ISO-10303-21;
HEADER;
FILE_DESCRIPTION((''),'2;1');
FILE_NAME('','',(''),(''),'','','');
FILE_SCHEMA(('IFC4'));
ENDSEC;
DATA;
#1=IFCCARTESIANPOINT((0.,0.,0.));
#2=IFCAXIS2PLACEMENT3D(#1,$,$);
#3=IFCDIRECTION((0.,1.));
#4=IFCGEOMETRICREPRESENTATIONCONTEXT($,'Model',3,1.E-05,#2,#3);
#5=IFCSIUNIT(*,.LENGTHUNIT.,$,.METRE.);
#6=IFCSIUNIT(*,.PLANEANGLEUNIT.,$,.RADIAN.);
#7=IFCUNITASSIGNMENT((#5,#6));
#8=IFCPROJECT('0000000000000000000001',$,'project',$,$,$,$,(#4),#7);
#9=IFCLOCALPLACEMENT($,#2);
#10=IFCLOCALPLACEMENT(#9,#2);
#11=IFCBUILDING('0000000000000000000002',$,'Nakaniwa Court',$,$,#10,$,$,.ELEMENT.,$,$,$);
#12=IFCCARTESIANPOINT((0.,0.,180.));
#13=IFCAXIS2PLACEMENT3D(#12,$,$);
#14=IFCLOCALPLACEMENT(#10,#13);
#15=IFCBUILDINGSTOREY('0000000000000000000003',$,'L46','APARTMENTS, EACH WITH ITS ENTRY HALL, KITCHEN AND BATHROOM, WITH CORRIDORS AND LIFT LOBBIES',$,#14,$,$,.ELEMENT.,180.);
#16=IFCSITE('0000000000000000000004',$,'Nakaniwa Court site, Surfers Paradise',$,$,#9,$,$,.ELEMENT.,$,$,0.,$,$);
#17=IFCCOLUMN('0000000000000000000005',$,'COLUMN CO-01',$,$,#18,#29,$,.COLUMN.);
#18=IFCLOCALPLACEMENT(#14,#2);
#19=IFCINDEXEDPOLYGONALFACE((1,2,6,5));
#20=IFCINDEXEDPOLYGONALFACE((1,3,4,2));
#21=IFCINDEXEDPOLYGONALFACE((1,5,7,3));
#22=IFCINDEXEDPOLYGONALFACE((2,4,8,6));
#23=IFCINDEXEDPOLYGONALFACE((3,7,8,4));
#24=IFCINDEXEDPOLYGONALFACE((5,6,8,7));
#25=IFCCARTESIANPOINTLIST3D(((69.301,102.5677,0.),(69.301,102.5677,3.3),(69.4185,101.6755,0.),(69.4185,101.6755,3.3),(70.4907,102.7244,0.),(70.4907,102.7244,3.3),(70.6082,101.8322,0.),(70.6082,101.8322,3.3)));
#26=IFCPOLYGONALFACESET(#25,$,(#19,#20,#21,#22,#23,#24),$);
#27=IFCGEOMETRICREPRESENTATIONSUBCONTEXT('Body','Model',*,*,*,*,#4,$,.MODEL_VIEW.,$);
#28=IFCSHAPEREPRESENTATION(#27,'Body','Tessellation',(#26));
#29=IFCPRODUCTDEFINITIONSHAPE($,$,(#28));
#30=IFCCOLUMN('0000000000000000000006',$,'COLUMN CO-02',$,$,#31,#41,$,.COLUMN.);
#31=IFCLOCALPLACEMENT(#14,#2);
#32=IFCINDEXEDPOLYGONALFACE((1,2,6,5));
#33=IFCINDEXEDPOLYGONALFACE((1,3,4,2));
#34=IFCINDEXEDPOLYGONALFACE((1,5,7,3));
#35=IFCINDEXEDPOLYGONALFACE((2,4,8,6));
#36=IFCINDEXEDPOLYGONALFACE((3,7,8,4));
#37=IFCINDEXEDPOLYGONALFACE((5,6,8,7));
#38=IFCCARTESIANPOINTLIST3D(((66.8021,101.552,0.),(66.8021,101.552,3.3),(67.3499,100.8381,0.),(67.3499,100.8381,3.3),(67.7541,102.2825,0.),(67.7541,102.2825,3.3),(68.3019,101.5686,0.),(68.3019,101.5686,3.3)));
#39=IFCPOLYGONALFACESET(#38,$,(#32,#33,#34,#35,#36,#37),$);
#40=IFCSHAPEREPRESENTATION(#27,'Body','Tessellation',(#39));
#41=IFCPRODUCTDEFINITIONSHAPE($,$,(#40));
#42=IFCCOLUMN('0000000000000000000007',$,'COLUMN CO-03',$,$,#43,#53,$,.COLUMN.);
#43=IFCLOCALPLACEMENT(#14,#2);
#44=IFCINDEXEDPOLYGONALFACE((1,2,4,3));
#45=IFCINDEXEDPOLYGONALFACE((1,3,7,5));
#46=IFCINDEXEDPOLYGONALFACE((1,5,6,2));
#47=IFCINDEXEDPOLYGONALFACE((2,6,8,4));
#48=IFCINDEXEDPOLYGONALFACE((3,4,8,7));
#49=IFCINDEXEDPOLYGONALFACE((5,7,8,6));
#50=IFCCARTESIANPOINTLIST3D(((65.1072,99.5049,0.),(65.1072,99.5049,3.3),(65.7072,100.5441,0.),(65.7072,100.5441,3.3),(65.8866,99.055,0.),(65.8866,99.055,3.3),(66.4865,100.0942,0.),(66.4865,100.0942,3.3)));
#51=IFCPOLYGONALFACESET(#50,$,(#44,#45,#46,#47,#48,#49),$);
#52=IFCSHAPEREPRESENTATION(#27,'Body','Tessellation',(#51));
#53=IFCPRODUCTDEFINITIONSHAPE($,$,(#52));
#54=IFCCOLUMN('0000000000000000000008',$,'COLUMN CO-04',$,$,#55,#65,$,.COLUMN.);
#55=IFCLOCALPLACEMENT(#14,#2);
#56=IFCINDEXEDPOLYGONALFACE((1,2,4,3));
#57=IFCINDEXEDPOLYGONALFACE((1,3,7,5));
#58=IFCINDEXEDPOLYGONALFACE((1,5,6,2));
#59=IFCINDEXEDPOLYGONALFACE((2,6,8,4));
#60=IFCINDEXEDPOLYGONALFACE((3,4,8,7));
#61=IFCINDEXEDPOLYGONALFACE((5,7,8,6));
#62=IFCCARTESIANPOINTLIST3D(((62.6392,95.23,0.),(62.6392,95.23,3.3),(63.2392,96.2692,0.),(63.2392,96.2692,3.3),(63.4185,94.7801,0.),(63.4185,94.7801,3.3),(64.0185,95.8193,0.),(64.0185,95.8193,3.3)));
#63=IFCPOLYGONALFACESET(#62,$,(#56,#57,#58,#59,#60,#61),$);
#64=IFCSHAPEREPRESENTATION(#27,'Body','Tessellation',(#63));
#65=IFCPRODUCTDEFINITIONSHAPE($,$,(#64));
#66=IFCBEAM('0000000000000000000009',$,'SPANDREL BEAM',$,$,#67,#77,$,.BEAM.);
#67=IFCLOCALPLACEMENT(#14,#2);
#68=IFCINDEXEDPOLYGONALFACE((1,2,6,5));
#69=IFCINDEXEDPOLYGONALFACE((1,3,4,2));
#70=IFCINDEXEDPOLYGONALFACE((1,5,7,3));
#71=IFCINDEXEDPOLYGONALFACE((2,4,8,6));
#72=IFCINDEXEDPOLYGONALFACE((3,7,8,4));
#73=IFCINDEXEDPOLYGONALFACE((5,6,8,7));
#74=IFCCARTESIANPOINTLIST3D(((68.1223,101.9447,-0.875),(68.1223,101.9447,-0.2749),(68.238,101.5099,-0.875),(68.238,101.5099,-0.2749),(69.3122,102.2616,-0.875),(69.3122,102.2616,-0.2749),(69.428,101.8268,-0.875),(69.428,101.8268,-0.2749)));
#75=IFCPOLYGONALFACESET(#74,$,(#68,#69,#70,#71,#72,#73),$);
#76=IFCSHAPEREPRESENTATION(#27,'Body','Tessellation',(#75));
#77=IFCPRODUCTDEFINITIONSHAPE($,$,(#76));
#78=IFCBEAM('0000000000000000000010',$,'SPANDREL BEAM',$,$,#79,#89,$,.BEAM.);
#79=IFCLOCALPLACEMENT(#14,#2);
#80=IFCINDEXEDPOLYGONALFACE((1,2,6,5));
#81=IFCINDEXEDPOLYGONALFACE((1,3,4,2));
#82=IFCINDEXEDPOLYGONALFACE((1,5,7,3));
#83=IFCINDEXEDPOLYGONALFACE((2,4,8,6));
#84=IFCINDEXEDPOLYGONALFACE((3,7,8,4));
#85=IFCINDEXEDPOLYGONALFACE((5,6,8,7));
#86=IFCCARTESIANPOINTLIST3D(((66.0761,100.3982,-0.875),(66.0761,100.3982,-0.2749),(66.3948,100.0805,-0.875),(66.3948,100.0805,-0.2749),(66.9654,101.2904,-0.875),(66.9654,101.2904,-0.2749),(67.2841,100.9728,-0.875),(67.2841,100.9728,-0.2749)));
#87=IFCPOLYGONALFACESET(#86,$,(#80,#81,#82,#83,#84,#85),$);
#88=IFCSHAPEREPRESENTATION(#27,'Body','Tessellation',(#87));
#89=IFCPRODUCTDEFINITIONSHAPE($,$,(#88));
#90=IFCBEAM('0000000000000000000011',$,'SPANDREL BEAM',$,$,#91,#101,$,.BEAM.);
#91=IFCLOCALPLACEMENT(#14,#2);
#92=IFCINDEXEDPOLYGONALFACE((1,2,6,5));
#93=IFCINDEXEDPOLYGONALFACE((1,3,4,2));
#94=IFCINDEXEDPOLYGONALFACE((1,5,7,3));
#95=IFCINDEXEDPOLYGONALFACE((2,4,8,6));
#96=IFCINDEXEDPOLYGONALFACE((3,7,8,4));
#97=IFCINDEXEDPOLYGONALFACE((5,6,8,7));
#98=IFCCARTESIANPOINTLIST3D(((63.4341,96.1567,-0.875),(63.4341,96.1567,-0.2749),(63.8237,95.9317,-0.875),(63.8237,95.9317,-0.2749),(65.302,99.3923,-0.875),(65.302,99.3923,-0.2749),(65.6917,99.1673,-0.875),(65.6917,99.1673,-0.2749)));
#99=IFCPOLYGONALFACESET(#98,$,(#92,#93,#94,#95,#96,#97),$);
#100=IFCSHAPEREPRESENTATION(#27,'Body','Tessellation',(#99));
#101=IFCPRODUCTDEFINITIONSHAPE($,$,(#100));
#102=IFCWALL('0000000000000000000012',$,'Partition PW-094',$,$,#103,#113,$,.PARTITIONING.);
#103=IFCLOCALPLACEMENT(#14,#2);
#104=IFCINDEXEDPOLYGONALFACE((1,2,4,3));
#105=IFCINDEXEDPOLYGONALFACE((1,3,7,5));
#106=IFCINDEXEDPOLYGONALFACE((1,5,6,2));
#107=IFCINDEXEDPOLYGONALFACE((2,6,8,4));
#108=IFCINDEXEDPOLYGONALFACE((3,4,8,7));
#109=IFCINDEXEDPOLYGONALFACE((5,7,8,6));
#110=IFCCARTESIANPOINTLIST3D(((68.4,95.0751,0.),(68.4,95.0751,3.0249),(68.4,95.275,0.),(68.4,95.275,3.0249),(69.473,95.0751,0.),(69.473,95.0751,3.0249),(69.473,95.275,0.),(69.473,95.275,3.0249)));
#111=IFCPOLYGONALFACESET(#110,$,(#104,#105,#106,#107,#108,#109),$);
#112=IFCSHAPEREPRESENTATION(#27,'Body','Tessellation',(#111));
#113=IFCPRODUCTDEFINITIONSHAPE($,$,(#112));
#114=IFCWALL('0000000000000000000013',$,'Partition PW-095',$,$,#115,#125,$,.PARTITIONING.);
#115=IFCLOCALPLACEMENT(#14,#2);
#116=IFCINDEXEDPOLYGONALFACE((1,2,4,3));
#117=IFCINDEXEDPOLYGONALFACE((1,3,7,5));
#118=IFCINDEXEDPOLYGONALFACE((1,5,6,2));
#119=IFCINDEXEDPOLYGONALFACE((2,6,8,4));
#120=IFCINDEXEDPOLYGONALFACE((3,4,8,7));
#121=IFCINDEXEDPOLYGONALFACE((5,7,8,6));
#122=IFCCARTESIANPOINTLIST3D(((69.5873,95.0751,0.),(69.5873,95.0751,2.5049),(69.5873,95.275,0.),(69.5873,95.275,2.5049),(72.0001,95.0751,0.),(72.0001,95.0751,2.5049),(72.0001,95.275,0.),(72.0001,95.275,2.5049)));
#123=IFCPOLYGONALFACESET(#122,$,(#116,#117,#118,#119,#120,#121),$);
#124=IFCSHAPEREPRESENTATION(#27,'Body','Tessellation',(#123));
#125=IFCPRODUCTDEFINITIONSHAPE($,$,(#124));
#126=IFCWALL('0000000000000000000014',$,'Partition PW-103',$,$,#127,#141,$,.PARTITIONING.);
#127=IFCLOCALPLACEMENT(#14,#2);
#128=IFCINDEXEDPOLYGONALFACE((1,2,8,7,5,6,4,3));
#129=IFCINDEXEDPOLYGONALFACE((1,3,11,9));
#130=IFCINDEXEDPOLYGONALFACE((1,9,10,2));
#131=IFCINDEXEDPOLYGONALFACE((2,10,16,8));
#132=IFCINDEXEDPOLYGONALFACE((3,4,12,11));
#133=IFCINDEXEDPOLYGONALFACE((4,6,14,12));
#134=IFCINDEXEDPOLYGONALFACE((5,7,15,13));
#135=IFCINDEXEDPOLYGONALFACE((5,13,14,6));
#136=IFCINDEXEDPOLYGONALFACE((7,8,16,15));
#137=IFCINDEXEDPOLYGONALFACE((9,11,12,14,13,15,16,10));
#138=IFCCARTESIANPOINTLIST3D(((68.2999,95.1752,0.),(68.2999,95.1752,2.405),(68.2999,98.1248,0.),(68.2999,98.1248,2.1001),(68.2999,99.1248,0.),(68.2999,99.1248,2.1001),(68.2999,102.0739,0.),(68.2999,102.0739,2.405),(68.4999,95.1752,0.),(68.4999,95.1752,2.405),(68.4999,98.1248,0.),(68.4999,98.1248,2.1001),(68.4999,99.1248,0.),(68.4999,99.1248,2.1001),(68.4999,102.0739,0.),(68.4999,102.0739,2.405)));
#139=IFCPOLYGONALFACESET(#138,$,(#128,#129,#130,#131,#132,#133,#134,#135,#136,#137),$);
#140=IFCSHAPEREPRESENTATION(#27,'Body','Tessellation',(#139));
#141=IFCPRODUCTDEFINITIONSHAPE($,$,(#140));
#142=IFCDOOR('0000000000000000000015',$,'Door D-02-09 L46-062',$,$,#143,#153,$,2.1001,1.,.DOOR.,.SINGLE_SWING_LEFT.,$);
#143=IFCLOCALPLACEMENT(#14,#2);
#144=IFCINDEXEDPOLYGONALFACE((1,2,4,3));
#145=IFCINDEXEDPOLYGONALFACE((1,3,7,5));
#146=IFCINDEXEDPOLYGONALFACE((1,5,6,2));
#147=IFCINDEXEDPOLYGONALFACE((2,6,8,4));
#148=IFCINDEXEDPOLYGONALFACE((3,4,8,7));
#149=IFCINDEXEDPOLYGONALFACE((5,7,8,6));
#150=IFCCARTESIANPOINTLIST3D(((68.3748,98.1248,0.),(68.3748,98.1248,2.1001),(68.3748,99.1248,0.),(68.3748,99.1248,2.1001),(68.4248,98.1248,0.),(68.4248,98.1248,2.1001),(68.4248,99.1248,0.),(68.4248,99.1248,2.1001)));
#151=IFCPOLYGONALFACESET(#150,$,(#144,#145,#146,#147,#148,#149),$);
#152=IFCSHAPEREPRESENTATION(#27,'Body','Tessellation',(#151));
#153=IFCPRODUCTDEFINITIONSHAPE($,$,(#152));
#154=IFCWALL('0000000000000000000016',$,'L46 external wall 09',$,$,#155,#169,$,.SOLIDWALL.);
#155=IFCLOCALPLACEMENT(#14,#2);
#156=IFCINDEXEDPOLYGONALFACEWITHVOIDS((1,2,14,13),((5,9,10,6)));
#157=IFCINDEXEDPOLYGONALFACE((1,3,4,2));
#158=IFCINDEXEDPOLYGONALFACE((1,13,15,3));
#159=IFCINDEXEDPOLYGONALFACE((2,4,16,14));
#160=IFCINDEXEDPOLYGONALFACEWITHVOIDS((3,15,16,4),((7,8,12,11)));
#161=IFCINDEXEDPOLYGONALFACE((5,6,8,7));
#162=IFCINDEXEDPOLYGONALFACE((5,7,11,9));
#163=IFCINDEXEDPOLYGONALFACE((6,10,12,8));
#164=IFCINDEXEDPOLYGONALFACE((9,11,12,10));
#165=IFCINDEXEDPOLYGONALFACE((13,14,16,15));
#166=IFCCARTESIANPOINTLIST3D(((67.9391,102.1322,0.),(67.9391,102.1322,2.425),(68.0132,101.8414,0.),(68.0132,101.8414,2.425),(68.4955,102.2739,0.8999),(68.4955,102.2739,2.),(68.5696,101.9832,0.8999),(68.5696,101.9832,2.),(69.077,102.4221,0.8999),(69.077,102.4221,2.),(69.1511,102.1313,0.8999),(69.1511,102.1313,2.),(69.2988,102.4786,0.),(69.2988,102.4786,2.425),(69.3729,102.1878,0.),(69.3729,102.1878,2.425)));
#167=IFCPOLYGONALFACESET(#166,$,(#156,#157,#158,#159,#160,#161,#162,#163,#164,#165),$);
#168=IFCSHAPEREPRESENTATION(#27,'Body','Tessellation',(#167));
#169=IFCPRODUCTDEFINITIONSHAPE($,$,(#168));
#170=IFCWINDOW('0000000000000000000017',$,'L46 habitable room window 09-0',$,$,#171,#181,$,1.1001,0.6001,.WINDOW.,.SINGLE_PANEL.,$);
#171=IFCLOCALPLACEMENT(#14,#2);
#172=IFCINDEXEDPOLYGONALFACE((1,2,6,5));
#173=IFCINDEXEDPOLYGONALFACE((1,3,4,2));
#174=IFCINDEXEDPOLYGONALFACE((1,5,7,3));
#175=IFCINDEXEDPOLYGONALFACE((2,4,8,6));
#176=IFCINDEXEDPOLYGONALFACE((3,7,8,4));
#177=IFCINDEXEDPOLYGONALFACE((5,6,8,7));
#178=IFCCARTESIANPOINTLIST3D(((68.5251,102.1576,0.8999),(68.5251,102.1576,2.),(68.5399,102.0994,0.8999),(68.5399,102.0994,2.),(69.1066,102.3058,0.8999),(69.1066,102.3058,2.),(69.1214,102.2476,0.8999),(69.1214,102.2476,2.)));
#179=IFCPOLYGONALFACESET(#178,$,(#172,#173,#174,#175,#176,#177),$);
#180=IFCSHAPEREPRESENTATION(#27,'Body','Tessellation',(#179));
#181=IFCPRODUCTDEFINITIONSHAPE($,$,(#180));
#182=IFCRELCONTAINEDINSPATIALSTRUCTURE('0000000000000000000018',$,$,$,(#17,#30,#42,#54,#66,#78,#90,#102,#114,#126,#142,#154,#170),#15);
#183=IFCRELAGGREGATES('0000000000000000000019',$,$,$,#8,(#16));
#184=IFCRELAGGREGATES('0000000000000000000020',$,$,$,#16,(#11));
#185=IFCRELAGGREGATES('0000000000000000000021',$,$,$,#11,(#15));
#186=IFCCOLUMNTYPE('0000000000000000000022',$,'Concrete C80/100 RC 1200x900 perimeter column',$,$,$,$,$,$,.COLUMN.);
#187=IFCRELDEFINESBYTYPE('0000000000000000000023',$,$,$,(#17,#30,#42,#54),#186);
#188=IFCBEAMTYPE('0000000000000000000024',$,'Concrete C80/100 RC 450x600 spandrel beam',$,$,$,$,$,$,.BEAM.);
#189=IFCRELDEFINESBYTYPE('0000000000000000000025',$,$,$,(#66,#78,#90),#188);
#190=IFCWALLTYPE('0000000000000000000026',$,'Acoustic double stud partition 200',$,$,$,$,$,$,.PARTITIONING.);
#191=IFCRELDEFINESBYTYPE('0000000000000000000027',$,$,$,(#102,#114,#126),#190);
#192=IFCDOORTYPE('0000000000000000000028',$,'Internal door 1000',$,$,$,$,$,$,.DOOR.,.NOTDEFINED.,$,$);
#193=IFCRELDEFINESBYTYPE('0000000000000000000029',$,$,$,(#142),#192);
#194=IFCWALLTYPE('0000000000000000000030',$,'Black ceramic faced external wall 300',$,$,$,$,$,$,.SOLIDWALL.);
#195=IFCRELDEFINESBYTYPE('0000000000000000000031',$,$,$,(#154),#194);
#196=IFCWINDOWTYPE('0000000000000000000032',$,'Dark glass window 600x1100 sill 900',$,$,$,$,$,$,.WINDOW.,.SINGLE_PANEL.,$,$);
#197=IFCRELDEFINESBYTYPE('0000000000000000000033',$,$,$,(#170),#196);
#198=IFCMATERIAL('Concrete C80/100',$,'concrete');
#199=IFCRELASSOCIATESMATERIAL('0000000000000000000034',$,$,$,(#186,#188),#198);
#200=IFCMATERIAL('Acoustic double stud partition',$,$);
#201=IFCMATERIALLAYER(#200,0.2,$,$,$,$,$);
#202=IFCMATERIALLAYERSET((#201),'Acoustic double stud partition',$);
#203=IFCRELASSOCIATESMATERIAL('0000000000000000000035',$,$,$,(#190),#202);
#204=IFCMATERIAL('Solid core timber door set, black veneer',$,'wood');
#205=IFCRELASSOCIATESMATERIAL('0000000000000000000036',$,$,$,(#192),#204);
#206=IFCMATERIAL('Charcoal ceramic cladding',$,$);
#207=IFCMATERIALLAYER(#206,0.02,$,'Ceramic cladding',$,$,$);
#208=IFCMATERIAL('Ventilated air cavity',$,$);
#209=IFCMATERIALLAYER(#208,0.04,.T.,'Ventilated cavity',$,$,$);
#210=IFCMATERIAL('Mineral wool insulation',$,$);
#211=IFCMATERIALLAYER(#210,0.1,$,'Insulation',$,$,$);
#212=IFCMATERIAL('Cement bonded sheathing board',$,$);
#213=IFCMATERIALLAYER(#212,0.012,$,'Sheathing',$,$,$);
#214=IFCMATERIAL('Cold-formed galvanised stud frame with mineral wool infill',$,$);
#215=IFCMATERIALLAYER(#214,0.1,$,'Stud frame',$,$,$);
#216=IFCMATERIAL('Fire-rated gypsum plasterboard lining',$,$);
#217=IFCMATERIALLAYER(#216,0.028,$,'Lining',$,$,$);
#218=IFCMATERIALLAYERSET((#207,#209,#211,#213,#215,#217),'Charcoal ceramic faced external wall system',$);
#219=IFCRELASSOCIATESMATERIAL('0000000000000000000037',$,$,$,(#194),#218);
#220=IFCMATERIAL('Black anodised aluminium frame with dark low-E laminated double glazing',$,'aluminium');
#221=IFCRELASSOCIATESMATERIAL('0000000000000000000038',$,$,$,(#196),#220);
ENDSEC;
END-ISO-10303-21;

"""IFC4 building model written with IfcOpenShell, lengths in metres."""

from ifc_helpers import new_model, si_unit, direction, frame, frame_2d, origin, origin_2d, place, context, subcontext, project, spatial, rectangle, extrude, material, layer, layer_set, material_profile, profile_set, type_object, element, fill, save


model = new_model("IFC4")

# Units and contexts
model_context = context("Model", 3, precision=1e-05, world=origin(), true_north=direction((0.0, 1.0)))
body_context = subcontext(model_context, "Body", "Model", "MODEL_VIEW")
ifc_project = project(units=[si_unit("LENGTHUNIT", "METRE"), si_unit("PLANEANGLEUNIT", "RADIAN")], contexts=[model_context])

# Site, building, storey
site_placement = place(None, origin())
site = spatial("IfcSite", under=ifc_project, at=site_placement, Name="Nakaniwa Court site, Surfers Paradise", CompositionType="ELEMENT", RefElevation=0.0)
building_placement = place(site_placement, origin())
building = spatial("IfcBuilding", under=site, at=building_placement, Name="Nakaniwa Court", CompositionType="ELEMENT")
storey_placement = place(building_placement, frame((0.0, 0.0, 180.0)))
storey = spatial("IfcBuildingStorey", under=building, at=storey_placement, Name="L46", Description="APARTMENTS, EACH WITH ITS ENTRY HALL, KITCHEN AND BATHROOM, WITH CORRIDORS AND LIFT LOBBIES", CompositionType="ELEMENT", Elevation=180.0)

# Columns
ifc_material_1 = material(Name="Concrete C80/100", Category="concrete")
ifc_material_profile_1 = material_profile(ifc_material_1, rectangle(XDim=1.2, YDim=0.8999, at=origin_2d()), Name="Concrete C80/100 RC 1200x900 perimeter column")
ifc_profile_set_1 = profile_set([ifc_material_profile_1], Name="Concrete C80/100")
column_type = type_object("IfcColumnType", Name="Concrete C80/100 RC 1200x900 perimeter column", PredefinedType="COLUMN", material=ifc_profile_set_1)
for number, where, z_axis, x_axis, name in (
    (1, (69.9546, 102.2, 0.0), (0.0, 0.0, 1.0), (-0.991443, -0.130543, 0.0), "COLUMN CO-01"),
    (2, (67.552, 101.5603, 0.0), (0.0, 0.0, 1.0), (-0.793364, -0.608748, 0.0), "COLUMN CO-02"),
    (3, (65.7969, 99.7996, 0.0), (0.0, 0.0, 1.0), (-0.5, -0.866025, 0.0), "COLUMN CO-03"),
    (4, (63.3289, 95.5247, 0.0), (0.0, 0.0, 1.0), (-0.5, -0.866025, 0.0), "COLUMN CO-04"),
):
    element("IfcColumn", number, at=place(storey_placement, frame(where, z_axis=z_axis, x_axis=x_axis)), inside=storey, type_object=column_type, Name=name, PredefinedType="COLUMN", context=body_context, shape_type="SweptSolid", body=[
        extrude(rectangle(XDim=1.2, YDim=0.8999, at=origin_2d()), origin(), (0.0, 0.0, 1.0), 3.3),
    ])

# Beams
ifc_material_profile_2 = material_profile(ifc_material_1, rectangle(XDim=0.45, YDim=0.6001, at=origin_2d()), Name="Concrete C80/100 RC 450x600 spandrel beam")
ifc_profile_set_2 = profile_set([ifc_material_profile_2], Name="Concrete C80/100")
beam_type = type_object("IfcBeamType", Name="Concrete C80/100 RC 450x600 spandrel beam", PredefinedType="BEAM", material=ifc_profile_set_2)
beam_1_placement = place(storey_placement, frame((69.3701, 102.0442, -0.575), z_axis=(-0.96632, -0.257342, 0.0), x_axis=(0.257342, -0.96632, 0.0)))
element("IfcBeam", 5, at=beam_1_placement, inside=storey, type_object=beam_type, Name="SPANDREL BEAM", PredefinedType="BEAM", context=body_context, shape_type="SweptSolid", body=[
    extrude(rectangle(XDim=0.45, YDim=0.6001, at=origin_2d()), origin(), (0.0, 0.0, 1.0), 1.2314),
])
beam_2_placement = place(storey_placement, frame((67.1248, 101.1316, -0.575), z_axis=(-0.705943, -0.708269, 0.0), x_axis=(0.708269, -0.705943, 0.0)))
element("IfcBeam", 6, at=beam_2_placement, inside=storey, type_object=beam_type, Name="SPANDREL BEAM", PredefinedType="BEAM", context=body_context, shape_type="SweptSolid", body=[
    extrude(rectangle(XDim=0.45, YDim=0.6001, at=origin_2d()), origin(), (0.0, 0.0, 1.0), 1.2598),
])
beam_3_placement = place(storey_placement, frame((65.4968, 99.2798, -0.575), z_axis=(-0.499969, -0.866043, 0.0), x_axis=(0.866043, -0.499969, 0.0)))
element("IfcBeam", 7, at=beam_3_placement, inside=storey, type_object=beam_type, Name="SPANDREL BEAM", PredefinedType="BEAM", context=body_context, shape_type="SweptSolid", body=[
    extrude(rectangle(XDim=0.45, YDim=0.6001, at=origin_2d()), origin(), (0.0, 0.0, 1.0), 3.7361),
])

# Walls
ifc_material_2 = material(Name="Acoustic double stud partition")
ifc_layer_1 = layer(ifc_material_2, 0.2)
ifc_layer_set_1 = layer_set([ifc_layer_1], Name="Acoustic double stud partition")
wall_type_1 = type_object("IfcWallType", Name="Acoustic double stud partition 200", PredefinedType="PARTITIONING", material=ifc_layer_set_1)
wall_1_placement = place(storey_placement, frame((68.3999, 95.175, 0.0), z_axis=(0.0, 0.0, 1.0), x_axis=(1.0, 0.0, 0.0)))
element("IfcWall", 8, at=wall_1_placement, inside=storey, type_object=wall_type_1, Name="Partition PW-094", PredefinedType="PARTITIONING", context=body_context, shape_type="SweptSolid", body=[
    extrude(rectangle(XDim=1.073, YDim=0.2, at=frame_2d((0.5366, 0.0))), origin(), (0.0, 0.0, 1.0), 3.0249),
])
wall_2_placement = place(storey_placement, frame((69.5872, 95.175, 0.0), z_axis=(0.0, 0.0, 1.0), x_axis=(1.0, 0.0, 0.0)))
element("IfcWall", 9, at=wall_2_placement, inside=storey, type_object=wall_type_1, Name="Partition PW-095", PredefinedType="PARTITIONING", context=body_context, shape_type="SweptSolid", body=[
    extrude(rectangle(XDim=2.4128, YDim=0.2, at=frame_2d((1.2065, 0.0))), origin(), (0.0, 0.0, 1.0), 2.5049),
])

# Wall, opening, door
wall_3_placement = place(storey_placement, frame((68.3999, 102.0737, 0.0), z_axis=(0.0, 0.0, 1.0), x_axis=(0.0, -1.0, 0.0)))
wall_3 = element("IfcWall", 10, at=wall_3_placement, inside=storey, type_object=wall_type_1, Name="Partition PW-103", PredefinedType="PARTITIONING", context=body_context, shape_type="SweptSolid", body=[
    extrude(rectangle(XDim=6.8987, YDim=0.2, at=frame_2d((3.4492, 0.0))), origin(), (0.0, 0.0, 1.0), 2.405),
])
opening_1_placement = place(wall_3_placement, frame((2.949, 0.0, 0.0)))
opening_1 = element("IfcOpeningElement", 11, at=opening_1_placement, cuts=wall_3, PredefinedType="OPENING", context=body_context, shape_type="SweptSolid", body=[
    extrude(rectangle(XDim=1.0, YDim=2.1001, at=frame_2d((0.5, 1.05))), frame((0.0, 0.1099, 0.0), z_axis=(0.0, -1.0, 0.0), x_axis=(1.0, 0.0, 0.0)), (0.0, 0.0, 1.0), 0.22),
])
ifc_material_3 = material(Name="Solid core timber door set, black veneer", Category="wood")
door_type = type_object("IfcDoorType", Name="Internal door 1000", OperationType="NOTDEFINED", PredefinedType="DOOR", material=ifc_material_3)
door_placement = place(opening_1_placement, origin())
door = element("IfcDoor", 12, at=door_placement, inside=storey, type_object=door_type, Name="Door D-02-09 L46-062", OperationType="SINGLE_SWING_LEFT", OverallHeight=2.1001, OverallWidth=1.0, PredefinedType="DOOR", context=body_context, shape_type="SweptSolid", body=[
    extrude(rectangle(XDim=1.0, YDim=2.1001, at=frame_2d((0.5, 1.05))), frame((0.0, 0.0249, 0.0), z_axis=(0.0, -1.0, 0.0), x_axis=(1.0, 0.0, 0.0)), (0.0, 0.0, 1.0), 0.05),
])
fill(opening_1, door)

# Wall, opening, window
ifc_material_4 = material(Name="Charcoal ceramic cladding")
ifc_layer_2 = layer(ifc_material_4, 0.02, Name="Ceramic cladding")
ifc_material_5 = material(Name="Ventilated air cavity")
ifc_layer_3 = layer(ifc_material_5, 0.04, ventilated=True, Name="Ventilated cavity")
ifc_material_6 = material(Name="Mineral wool insulation")
ifc_layer_4 = layer(ifc_material_6, 0.1, Name="Insulation")
ifc_material_7 = material(Name="Cement bonded sheathing board")
ifc_layer_5 = layer(ifc_material_7, 0.012, Name="Sheathing")
ifc_material_8 = material(Name="Cold-formed galvanised stud frame with mineral wool infill")
ifc_layer_6 = layer(ifc_material_8, 0.1, Name="Stud frame")
ifc_material_9 = material(Name="Fire-rated gypsum plasterboard lining")
ifc_layer_7 = layer(ifc_material_9, 0.028, Name="Lining")
ifc_layer_set_2 = layer_set([ifc_layer_2, ifc_layer_3, ifc_layer_4, ifc_layer_5, ifc_layer_6, ifc_layer_7], Name="Charcoal ceramic faced external wall system")
wall_type_2 = type_object("IfcWallType", Name="Black ceramic faced external wall 300", PredefinedType="SOLIDWALL", material=ifc_layer_set_2)
wall_4_placement = place(storey_placement, frame((69.3359, 102.3333, 0.0), z_axis=(0.0, 0.0, 1.0), x_axis=(-0.969037, -0.246914, 0.0)))
wall_4 = element("IfcWall", 13, at=wall_4_placement, inside=storey, type_object=wall_type_2, Name="L46 external wall 09", PredefinedType="SOLIDWALL", context=body_context, shape_type="SweptSolid", body=[
    extrude(rectangle(XDim=1.4031, YDim=0.3, at=frame_2d((0.7017, 0.0))), origin(), (0.0, 0.0, 1.0), 2.425),
])
opening_2_placement = place(wall_4_placement, frame((0.229, 0.0, 0.8999)))
opening_2 = element("IfcOpeningElement", 14, at=opening_2_placement, cuts=wall_4, PredefinedType="OPENING", context=body_context, shape_type="SweptSolid", body=[
    extrude(rectangle(XDim=0.6001, YDim=1.1001, at=frame_2d((0.3, 0.55))), frame((0.0, 0.1599, 0.0), z_axis=(0.0, -1.0, 0.0), x_axis=(1.0, 0.0, 0.0)), (0.0, 0.0, 1.0), 0.3201),
])
ifc_material_10 = material(Name="Black anodised aluminium frame with dark low-E laminated double glazing", Category="aluminium")
window_type_1 = type_object("IfcWindowType", Name="Dark glass window 600x1100 sill 900", PartitioningType="SINGLE_PANEL", PredefinedType="WINDOW", material=ifc_material_10)
window_1_placement = place(opening_2_placement, origin())
window_1 = element("IfcWindow", 15, at=window_1_placement, inside=storey, type_object=window_type_1, Name="L46 habitable room window 09-0", OverallHeight=1.1001, OverallWidth=0.6001, PartitioningType="SINGLE_PANEL", PredefinedType="WINDOW", context=body_context, shape_type="SweptSolid", body=[
    extrude(rectangle(XDim=0.6001, YDim=1.1001, at=frame_2d((0.3, 0.55))), frame((0.0, 0.03, 0.0), z_axis=(0.0, -1.0, 0.0), x_axis=(1.0, 0.0, 0.0)), (0.0, 0.0, 1.0), 0.0601),
])
fill(opening_2, window_1)

save(model, "model.ifc")
